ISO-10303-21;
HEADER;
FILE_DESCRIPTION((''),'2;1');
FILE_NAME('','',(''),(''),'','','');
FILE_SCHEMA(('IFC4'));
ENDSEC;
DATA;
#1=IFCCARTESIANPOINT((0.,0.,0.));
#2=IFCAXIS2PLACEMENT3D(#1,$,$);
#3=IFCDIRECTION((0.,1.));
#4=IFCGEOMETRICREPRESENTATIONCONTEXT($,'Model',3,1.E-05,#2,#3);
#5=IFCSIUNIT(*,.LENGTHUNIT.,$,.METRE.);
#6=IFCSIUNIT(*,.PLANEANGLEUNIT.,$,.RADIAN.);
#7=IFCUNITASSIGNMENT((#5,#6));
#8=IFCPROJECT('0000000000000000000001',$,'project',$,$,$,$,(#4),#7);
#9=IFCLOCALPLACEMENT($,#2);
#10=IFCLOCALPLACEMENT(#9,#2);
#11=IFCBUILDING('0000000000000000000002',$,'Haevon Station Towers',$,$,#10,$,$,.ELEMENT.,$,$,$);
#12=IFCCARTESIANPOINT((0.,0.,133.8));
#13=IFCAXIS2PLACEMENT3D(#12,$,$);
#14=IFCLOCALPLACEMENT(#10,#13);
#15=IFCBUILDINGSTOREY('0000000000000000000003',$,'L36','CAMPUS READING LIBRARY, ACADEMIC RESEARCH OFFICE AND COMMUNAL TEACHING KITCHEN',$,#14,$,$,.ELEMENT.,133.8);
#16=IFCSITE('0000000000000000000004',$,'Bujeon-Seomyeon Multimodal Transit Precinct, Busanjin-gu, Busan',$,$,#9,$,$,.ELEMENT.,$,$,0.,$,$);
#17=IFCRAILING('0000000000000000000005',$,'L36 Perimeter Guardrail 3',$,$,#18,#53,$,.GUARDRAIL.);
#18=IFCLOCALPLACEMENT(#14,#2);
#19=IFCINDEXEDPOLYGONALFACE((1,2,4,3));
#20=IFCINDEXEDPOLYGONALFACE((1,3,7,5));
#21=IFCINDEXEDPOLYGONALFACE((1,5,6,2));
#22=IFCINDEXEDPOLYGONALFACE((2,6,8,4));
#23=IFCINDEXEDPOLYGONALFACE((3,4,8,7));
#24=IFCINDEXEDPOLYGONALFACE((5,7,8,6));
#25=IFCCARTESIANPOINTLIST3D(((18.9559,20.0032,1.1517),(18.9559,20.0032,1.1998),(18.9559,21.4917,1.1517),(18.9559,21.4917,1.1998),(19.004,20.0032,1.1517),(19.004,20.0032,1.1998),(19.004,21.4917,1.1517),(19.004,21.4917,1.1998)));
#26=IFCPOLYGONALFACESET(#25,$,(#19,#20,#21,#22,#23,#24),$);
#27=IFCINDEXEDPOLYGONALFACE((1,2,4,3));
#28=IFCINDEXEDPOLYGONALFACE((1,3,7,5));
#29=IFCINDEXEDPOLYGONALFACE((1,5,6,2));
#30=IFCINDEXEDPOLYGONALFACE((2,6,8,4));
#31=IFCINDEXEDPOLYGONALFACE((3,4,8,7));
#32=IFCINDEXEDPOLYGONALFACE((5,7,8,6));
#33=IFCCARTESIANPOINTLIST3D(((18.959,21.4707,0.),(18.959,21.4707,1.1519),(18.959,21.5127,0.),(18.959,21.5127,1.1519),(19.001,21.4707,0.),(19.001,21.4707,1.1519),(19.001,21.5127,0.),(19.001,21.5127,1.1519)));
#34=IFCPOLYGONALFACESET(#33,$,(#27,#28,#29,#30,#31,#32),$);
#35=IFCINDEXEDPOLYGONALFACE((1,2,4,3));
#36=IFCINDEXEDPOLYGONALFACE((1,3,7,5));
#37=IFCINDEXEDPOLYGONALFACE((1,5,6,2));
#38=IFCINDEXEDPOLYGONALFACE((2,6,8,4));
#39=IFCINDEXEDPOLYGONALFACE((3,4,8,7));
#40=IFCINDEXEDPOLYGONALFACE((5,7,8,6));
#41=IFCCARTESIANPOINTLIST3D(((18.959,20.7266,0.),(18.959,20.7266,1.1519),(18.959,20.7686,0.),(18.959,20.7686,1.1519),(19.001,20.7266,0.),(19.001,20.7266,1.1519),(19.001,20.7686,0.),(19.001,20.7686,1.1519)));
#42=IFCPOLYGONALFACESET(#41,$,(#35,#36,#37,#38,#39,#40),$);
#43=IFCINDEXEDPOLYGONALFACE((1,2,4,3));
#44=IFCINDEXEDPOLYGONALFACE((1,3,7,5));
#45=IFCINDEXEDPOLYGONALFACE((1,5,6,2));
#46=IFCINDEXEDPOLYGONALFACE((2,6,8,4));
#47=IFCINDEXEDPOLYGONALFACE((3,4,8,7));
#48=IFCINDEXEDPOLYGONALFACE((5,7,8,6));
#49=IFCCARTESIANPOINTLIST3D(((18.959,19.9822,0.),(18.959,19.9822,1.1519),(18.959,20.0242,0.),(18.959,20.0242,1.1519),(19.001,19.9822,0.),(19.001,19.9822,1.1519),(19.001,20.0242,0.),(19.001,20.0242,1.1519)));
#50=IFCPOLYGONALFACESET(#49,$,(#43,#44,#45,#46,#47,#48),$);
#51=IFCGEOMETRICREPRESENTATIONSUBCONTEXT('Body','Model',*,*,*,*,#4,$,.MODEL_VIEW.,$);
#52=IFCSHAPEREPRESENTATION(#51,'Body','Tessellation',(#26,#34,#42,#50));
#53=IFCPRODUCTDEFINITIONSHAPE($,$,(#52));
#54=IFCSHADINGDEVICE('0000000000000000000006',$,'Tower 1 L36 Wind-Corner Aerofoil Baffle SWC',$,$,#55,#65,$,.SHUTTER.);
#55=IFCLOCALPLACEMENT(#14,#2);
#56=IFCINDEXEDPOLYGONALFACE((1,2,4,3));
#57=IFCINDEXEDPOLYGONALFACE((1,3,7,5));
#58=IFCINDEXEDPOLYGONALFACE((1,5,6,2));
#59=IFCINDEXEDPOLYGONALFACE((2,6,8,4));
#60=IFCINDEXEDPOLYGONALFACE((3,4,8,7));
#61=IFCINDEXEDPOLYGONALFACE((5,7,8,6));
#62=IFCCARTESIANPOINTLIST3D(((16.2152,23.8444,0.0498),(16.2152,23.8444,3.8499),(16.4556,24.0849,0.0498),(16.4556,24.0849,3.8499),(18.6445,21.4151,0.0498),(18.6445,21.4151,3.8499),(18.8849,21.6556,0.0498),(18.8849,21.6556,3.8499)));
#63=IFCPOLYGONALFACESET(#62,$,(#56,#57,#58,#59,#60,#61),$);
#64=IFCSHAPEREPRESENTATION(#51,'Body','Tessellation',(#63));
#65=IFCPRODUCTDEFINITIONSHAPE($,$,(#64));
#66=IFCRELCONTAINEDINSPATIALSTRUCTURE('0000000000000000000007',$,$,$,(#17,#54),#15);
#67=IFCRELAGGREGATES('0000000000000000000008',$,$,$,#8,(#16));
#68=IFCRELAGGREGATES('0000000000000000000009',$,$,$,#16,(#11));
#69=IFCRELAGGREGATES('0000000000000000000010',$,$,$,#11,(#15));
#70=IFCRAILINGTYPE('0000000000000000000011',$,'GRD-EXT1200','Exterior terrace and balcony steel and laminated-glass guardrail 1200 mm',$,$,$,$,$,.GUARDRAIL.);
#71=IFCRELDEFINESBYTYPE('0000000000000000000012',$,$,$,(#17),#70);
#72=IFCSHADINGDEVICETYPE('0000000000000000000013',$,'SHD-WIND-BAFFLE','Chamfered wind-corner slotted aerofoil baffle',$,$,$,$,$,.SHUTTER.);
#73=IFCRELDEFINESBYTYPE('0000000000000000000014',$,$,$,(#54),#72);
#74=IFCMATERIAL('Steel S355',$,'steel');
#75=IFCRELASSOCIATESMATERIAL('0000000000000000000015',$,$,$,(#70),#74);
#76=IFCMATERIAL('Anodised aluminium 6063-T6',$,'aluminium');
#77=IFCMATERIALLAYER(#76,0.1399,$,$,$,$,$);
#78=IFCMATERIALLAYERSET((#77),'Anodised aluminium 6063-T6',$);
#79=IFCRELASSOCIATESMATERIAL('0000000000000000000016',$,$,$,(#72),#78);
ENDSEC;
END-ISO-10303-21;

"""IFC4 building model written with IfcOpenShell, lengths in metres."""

from ifc_helpers import new_model, si_unit, direction, frame, origin, origin_2d, place, context, subcontext, project, spatial, rectangle, extrude, material, layer, layer_set, type_object, element, save


model = new_model("IFC4")

# Units and contexts
model_context = context("Model", 3, precision=1e-05, world=origin(), true_north=direction((0.0, 1.0)))
body_context = subcontext(model_context, "Body", "Model", "MODEL_VIEW")
ifc_project = project(units=[si_unit("LENGTHUNIT", "METRE"), si_unit("PLANEANGLEUNIT", "RADIAN")], contexts=[model_context])

# Site, building, storey
site_placement = place(None, origin())
site = spatial("IfcSite", under=ifc_project, at=site_placement, Name="Bujeon-Seomyeon Multimodal Transit Precinct, Busanjin-gu, Busan", CompositionType="ELEMENT", RefElevation=0.0)
building_placement = place(site_placement, origin())
building = spatial("IfcBuilding", under=site, at=building_placement, Name="Haevon Station Towers", CompositionType="ELEMENT")
storey_placement = place(building_placement, frame((0.0, 0.0, 133.8)))
storey = spatial("IfcBuildingStorey", under=building, at=storey_placement, Name="L36", Description="CAMPUS READING LIBRARY, ACADEMIC RESEARCH OFFICE AND COMMUNAL TEACHING KITCHEN", CompositionType="ELEMENT", Elevation=133.8)

# Shared definitions
ifc_material_1 = material(Name="Steel S355", Category="steel")

# Railing
railing_type = type_object("IfcRailingType", Name="GRD-EXT1200", Description="Exterior terrace and balcony steel and laminated-glass guardrail 1200 mm", PredefinedType="GUARDRAIL", material=ifc_material_1)
railing_1_placement = place(storey_placement, frame((18.98, 21.4917, 0.0)))
element("IfcRailing", 1, at=railing_1_placement, inside=storey, type_object=railing_type, Name="L36 Perimeter Guardrail 3", PredefinedType="GUARDRAIL", context=body_context, shape_type="SweptSolid", body=[
    extrude(rectangle(XDim=0.0481, YDim=0.0481, at=origin_2d()), frame((0.0, 0.0, 1.1758), z_axis=(0.0, -1.0, 0.0), x_axis=(1.0, 0.0, 0.0)), (0.0, 0.0, 1.0), 1.4885),
    extrude(rectangle(XDim=0.042, YDim=0.042, at=origin_2d()), origin(), (0.0, 0.0, 1.0), 1.1519),
    extrude(rectangle(XDim=0.042, YDim=0.042, at=origin_2d()), frame((0.0, -0.7441, 0.0)), (0.0, 0.0, 1.0), 1.1519),
    extrude(rectangle(XDim=0.042, YDim=0.042, at=origin_2d()), frame((0.0, -1.4885, 0.0)), (0.0, 0.0, 1.0), 1.1519),
])

# Shading device
ifc_material_2 = material(Name="Anodised aluminium 6063-T6", Category="aluminium")
ifc_layer_1 = layer(ifc_material_2, 0.1399)
ifc_layer_set_1 = layer_set([ifc_layer_1], Name="Anodised aluminium 6063-T6")
shading_device_type = type_object("IfcShadingDeviceType", Name="SHD-WIND-BAFFLE", Description="Chamfered wind-corner slotted aerofoil baffle", PredefinedType="SHUTTER", material=ifc_layer_set_1)
shading_device_placement = place(storey_placement, frame((17.55, 22.75, 0.0498), z_axis=(0.0, 0.0, 1.0), x_axis=(-0.707107, 0.707107, 0.0)))
element("IfcShadingDevice", 2, at=shading_device_placement, inside=storey, type_object=shading_device_type, Name="Tower 1 L36 Wind-Corner Aerofoil Baffle SWC", PredefinedType="SHUTTER", context=body_context, shape_type="SweptSolid", body=[
    extrude(rectangle(XDim=3.4355, YDim=0.3401, at=origin_2d()), origin(), (0.0, 0.0, 1.0), 3.8),
])

save(model, "model.ifc")
